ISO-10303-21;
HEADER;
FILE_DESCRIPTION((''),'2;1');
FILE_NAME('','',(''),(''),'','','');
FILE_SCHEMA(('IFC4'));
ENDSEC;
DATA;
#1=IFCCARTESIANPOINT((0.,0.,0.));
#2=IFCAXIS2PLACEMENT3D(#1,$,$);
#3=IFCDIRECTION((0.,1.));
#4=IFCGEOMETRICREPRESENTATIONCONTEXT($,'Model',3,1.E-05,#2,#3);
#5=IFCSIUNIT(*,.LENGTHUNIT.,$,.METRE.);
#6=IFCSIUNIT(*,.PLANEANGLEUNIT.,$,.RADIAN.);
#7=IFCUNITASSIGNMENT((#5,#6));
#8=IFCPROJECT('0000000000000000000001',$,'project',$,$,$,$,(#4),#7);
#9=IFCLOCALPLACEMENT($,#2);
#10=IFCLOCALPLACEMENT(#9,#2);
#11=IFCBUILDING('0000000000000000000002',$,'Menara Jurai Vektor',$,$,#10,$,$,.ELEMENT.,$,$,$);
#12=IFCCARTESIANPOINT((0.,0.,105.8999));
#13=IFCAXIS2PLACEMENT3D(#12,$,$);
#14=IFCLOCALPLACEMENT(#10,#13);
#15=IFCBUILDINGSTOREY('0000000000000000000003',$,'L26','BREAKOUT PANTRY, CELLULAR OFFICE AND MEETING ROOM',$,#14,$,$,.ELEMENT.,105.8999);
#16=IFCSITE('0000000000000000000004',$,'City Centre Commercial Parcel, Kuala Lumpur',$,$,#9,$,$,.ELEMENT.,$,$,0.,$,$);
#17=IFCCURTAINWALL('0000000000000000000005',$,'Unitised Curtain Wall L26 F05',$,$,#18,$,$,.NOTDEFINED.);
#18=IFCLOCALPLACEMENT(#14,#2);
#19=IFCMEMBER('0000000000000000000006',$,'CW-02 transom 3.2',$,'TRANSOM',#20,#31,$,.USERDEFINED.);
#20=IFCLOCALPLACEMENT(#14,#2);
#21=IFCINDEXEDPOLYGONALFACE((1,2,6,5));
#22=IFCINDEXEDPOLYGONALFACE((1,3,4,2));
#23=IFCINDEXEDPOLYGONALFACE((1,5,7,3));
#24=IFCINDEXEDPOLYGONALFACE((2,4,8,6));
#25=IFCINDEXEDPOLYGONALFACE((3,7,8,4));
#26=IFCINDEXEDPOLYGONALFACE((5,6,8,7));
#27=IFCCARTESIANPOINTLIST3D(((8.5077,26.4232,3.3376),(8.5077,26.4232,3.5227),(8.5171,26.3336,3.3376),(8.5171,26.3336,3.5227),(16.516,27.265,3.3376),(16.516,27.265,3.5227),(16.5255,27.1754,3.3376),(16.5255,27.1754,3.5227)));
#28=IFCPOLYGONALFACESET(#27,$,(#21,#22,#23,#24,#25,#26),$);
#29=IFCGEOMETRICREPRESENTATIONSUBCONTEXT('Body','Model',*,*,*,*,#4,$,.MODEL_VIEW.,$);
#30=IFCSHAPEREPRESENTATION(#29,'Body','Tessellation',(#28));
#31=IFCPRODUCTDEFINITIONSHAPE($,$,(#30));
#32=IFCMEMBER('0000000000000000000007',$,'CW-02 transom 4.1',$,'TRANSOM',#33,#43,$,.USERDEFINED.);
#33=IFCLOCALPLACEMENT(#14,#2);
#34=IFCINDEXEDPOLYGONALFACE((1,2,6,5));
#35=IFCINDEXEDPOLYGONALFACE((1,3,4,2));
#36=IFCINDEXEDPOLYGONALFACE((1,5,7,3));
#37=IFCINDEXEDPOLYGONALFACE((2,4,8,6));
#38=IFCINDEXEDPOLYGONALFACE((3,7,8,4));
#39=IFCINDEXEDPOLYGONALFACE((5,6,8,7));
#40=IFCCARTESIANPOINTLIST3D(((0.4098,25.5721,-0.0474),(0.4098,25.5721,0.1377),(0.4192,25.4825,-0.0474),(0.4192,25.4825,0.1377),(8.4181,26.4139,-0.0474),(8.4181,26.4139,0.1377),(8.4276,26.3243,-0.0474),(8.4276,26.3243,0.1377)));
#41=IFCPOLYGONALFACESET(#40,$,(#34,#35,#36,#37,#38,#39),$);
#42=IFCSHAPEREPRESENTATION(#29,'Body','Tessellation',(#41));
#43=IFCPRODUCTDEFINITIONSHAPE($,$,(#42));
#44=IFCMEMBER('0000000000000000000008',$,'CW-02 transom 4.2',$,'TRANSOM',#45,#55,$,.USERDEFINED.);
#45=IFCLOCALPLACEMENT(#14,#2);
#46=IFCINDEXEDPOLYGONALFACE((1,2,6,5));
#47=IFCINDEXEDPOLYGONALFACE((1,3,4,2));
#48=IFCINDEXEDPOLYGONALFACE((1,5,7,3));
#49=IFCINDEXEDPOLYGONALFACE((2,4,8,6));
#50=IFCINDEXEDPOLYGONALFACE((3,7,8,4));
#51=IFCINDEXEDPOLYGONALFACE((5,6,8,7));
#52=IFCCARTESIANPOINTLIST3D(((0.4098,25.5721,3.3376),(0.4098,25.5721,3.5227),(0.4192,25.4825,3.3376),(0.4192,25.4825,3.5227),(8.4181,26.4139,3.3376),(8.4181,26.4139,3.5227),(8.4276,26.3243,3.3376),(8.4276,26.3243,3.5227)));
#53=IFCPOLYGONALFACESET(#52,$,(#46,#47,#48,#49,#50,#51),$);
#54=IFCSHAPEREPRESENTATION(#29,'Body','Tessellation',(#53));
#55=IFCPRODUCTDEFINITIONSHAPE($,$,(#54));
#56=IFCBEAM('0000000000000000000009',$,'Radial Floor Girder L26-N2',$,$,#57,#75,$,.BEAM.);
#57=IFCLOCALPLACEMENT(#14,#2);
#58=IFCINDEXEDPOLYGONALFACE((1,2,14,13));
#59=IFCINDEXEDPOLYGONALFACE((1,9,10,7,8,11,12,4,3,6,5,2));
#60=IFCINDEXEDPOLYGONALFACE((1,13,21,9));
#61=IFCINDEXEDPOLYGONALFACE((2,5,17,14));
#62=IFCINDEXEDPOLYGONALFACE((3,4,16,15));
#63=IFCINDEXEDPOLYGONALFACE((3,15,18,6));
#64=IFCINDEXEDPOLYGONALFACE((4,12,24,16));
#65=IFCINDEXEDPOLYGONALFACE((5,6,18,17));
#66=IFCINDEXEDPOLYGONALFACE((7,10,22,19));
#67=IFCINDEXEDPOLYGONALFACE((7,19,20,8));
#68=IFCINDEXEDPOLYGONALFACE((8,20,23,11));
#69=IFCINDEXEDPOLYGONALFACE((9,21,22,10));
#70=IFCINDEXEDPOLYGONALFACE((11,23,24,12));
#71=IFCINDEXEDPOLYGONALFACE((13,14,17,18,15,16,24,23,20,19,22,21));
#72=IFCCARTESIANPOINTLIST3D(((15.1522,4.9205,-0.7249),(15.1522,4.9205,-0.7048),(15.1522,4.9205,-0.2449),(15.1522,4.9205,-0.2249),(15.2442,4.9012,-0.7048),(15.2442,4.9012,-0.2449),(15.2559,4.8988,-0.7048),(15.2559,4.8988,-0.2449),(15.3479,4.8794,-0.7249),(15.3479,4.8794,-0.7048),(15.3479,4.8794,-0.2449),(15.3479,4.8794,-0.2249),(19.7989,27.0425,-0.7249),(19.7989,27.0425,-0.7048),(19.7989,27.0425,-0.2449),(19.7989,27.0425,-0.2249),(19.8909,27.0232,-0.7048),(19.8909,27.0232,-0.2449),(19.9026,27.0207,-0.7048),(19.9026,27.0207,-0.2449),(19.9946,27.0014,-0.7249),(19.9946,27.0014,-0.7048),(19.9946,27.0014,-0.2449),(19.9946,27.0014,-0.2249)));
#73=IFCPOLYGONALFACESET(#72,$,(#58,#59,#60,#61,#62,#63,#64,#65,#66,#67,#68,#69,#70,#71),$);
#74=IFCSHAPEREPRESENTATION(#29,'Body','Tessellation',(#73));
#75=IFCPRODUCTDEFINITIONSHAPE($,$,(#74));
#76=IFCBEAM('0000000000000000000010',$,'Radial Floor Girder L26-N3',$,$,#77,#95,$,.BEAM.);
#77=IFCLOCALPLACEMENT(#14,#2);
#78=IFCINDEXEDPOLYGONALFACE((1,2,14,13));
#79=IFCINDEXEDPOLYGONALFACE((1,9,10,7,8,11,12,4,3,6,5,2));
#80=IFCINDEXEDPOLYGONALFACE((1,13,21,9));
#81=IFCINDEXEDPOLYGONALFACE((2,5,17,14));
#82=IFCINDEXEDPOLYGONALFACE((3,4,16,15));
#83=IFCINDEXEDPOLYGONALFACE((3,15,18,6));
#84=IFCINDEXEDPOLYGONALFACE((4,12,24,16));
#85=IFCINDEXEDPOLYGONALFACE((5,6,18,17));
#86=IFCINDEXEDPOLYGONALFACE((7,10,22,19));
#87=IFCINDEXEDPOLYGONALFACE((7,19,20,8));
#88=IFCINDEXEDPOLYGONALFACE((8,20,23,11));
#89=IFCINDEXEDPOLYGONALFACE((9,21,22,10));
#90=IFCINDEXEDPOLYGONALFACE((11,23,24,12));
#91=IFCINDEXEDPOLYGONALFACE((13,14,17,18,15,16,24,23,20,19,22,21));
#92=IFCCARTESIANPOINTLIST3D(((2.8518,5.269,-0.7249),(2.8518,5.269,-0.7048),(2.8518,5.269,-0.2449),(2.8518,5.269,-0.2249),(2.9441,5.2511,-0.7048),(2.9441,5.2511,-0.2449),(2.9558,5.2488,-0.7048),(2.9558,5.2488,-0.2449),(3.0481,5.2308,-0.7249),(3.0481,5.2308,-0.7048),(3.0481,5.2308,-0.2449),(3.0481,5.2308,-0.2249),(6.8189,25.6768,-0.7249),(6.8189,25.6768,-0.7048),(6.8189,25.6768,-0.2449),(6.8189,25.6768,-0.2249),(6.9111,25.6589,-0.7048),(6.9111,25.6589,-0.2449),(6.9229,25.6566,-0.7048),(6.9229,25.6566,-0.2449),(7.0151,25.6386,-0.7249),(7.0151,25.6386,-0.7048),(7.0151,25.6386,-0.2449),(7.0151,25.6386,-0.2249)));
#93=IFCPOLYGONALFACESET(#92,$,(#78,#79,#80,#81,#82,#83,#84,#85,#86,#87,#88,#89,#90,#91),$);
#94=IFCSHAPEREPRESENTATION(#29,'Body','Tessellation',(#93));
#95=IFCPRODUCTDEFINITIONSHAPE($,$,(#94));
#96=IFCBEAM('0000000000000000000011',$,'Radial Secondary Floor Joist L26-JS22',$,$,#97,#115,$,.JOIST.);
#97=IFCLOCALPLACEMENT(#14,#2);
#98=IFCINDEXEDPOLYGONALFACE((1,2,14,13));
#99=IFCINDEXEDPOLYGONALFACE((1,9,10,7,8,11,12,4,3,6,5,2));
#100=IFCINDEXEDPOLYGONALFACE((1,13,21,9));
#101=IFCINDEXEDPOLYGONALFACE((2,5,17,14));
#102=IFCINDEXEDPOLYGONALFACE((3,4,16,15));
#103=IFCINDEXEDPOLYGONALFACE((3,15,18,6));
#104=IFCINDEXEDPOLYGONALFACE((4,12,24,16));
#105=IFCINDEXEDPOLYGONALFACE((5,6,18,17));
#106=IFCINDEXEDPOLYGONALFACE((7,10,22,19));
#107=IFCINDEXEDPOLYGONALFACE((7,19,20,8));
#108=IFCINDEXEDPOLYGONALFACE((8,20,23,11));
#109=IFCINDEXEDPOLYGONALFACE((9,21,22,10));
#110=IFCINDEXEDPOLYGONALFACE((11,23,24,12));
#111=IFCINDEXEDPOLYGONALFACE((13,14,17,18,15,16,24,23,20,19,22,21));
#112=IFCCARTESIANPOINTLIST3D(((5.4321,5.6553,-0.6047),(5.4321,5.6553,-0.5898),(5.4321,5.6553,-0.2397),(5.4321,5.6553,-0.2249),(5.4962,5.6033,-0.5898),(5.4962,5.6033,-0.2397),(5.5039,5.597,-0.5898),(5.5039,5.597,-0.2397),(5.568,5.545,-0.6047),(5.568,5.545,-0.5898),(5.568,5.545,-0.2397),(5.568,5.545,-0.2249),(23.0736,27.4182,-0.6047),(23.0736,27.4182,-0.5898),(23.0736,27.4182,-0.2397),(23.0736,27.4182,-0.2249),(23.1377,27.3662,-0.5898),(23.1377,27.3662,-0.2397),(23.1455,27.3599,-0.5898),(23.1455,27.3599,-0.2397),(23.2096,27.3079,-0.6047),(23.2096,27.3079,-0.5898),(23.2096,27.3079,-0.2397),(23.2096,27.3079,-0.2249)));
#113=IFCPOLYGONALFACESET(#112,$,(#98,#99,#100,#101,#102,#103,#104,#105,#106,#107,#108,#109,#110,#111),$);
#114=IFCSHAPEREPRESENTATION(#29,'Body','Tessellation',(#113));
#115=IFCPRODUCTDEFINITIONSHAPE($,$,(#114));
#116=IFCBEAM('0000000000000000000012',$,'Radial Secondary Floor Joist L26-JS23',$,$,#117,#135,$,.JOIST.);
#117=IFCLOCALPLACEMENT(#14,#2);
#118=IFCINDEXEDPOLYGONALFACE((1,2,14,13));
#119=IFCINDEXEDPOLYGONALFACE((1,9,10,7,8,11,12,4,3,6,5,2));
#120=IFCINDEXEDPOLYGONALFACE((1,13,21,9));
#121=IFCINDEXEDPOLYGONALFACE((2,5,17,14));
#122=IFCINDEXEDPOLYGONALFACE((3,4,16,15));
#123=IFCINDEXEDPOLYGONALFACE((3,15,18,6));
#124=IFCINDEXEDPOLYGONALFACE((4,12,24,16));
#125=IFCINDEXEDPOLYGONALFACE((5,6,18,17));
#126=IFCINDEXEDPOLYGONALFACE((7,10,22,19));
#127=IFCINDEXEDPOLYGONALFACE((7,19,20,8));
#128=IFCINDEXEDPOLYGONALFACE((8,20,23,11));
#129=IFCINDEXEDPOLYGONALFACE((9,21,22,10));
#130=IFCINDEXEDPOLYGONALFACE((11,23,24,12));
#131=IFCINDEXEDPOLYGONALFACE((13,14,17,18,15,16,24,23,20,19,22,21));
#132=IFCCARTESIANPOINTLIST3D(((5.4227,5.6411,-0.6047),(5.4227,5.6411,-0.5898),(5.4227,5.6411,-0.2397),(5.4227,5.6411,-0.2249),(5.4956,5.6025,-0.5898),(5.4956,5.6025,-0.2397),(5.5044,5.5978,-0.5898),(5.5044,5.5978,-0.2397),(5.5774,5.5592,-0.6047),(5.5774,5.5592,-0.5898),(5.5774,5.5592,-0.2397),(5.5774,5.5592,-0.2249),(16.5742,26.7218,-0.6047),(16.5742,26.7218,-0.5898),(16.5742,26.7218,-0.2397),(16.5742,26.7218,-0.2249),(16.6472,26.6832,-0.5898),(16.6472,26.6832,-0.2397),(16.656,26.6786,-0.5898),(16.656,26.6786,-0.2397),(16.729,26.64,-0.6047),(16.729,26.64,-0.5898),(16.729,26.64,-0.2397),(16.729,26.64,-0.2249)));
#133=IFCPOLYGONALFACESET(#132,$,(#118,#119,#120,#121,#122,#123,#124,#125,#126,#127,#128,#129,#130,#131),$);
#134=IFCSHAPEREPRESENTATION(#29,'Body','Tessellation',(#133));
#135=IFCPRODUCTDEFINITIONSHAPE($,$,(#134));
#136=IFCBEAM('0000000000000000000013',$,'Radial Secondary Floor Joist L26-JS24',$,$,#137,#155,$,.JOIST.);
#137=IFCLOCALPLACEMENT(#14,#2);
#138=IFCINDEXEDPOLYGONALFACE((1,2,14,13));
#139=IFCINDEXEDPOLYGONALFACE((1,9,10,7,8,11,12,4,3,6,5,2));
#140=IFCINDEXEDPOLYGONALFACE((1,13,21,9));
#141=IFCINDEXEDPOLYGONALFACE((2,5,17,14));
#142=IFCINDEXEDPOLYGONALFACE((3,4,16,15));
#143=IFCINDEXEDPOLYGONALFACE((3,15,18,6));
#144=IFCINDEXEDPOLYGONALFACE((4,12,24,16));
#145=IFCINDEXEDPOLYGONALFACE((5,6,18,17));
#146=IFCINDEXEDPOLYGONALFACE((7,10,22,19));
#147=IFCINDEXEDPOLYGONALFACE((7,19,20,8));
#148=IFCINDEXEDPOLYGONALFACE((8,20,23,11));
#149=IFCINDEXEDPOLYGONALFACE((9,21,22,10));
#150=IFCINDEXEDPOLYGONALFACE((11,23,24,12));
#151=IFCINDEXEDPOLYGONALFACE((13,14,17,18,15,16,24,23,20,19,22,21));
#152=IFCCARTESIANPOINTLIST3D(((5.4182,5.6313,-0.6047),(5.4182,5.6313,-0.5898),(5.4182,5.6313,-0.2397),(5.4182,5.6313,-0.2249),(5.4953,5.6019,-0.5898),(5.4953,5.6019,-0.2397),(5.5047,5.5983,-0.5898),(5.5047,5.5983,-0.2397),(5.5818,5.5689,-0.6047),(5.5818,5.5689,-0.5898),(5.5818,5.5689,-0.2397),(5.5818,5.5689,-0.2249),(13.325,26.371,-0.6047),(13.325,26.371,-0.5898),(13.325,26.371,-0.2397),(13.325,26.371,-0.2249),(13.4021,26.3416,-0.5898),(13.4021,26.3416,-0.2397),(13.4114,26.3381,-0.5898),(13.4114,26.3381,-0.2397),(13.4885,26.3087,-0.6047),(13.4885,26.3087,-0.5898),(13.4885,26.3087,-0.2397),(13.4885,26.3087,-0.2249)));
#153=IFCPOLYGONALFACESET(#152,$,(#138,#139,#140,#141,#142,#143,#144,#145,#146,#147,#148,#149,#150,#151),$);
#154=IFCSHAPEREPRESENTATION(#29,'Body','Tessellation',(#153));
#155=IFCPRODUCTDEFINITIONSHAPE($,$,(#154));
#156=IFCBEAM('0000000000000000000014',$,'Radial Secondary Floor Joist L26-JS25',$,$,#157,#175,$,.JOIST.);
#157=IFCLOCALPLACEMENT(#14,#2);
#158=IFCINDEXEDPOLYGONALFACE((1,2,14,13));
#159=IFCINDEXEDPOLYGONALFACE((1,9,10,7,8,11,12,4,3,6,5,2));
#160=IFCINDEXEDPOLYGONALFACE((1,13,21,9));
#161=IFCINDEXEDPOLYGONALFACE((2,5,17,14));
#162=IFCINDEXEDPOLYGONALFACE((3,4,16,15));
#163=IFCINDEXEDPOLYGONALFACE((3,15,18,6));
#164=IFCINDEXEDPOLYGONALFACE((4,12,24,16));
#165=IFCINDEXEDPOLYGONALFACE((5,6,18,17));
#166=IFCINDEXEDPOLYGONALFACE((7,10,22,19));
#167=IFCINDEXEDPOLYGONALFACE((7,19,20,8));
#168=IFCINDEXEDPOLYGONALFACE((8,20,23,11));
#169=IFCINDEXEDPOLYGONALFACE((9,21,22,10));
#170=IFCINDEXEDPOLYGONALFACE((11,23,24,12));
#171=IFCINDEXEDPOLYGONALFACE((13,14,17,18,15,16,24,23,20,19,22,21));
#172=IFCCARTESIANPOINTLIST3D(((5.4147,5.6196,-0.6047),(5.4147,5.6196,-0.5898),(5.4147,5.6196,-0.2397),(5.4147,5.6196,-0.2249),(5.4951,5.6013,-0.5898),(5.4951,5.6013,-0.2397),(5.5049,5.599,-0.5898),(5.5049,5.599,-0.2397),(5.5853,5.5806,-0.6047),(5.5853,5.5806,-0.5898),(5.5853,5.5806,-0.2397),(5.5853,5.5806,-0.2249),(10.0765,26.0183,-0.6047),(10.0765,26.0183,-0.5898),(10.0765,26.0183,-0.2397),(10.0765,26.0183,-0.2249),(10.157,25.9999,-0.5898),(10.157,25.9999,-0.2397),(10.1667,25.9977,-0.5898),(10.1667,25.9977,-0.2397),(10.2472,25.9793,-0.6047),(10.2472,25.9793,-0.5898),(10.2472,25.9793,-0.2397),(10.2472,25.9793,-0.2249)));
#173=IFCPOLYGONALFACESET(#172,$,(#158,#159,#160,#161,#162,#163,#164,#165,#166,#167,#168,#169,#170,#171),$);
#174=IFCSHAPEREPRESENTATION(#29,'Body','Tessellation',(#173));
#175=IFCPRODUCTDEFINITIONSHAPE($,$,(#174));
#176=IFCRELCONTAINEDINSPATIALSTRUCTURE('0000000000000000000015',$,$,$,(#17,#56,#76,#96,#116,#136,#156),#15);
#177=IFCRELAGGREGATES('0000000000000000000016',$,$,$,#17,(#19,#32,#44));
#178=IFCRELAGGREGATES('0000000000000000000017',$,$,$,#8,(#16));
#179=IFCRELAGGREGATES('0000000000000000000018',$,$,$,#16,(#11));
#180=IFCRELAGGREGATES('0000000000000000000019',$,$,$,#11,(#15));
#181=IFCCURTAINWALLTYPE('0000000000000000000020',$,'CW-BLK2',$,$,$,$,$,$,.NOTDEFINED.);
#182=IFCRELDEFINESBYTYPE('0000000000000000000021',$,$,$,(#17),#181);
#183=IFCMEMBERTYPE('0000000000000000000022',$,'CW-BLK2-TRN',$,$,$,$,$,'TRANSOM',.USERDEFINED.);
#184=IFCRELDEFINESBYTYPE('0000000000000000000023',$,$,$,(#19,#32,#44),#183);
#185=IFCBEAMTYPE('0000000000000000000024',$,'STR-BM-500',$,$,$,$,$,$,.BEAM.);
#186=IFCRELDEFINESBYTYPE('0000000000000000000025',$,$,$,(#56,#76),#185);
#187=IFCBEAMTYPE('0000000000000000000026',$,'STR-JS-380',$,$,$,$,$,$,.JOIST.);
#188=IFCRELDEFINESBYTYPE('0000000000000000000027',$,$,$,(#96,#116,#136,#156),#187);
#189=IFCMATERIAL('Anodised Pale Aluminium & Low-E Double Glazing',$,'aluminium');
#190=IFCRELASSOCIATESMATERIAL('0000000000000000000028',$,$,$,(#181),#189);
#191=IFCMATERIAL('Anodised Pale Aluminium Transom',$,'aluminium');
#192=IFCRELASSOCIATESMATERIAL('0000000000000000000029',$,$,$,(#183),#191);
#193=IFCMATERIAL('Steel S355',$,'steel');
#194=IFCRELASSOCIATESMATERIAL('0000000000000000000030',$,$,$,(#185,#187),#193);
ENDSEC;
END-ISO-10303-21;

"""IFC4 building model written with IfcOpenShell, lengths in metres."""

from ifc_helpers import new_model, si_unit, direction, frame, origin, origin_2d, place, context, subcontext, project, spatial, rectangle, i_section, extrude, material, material_profile, profile_set, type_object, element, aggregate, save


model = new_model("IFC4")

# Units and contexts
model_context = context("Model", 3, precision=1e-05, world=origin(), true_north=direction((0.0, 1.0)))
body_context = subcontext(model_context, "Body", "Model", "MODEL_VIEW")
ifc_project = project(units=[si_unit("LENGTHUNIT", "METRE"), si_unit("PLANEANGLEUNIT", "RADIAN")], contexts=[model_context])

# Site, building, storey
site_placement = place(None, origin())
site = spatial("IfcSite", under=ifc_project, at=site_placement, Name="City Centre Commercial Parcel, Kuala Lumpur", CompositionType="ELEMENT", RefElevation=0.0)
building_placement = place(site_placement, origin())
building = spatial("IfcBuilding", under=site, at=building_placement, Name="Menara Jurai Vektor", CompositionType="ELEMENT")
storey_placement = place(building_placement, frame((0.0, 0.0, 105.8999)))
storey = spatial("IfcBuildingStorey", under=building, at=storey_placement, Name="L26", Description="BREAKOUT PANTRY, CELLULAR OFFICE AND MEETING ROOM", CompositionType="ELEMENT", Elevation=105.8999)

# Curtain wall, members
ifc_material_1 = material(Name="Anodised Pale Aluminium & Low-E Double Glazing", Category="aluminium")
curtain_wall_type = type_object("IfcCurtainWallType", Name="CW-BLK2", PredefinedType="NOTDEFINED", material=ifc_material_1)
curtain_wall_placement = place(storey_placement, origin())
curtain_wall = element("IfcCurtainWall", 1, at=curtain_wall_placement, inside=storey, type_object=curtain_wall_type, Name="Unitised Curtain Wall L26 F05", PredefinedType="NOTDEFINED")
ifc_material_2 = material(Name="Anodised Pale Aluminium Transom", Category="aluminium")
ifc_material_profile_1 = material_profile(ifc_material_2, rectangle(XDim=0.0901, YDim=0.1851, at=origin_2d()), Name="ALU TRN 90x185")
ifc_profile_set_1 = profile_set([ifc_material_profile_1], Name="Anodised Pale Aluminium Transom")
member_type_1 = type_object("IfcMemberType", Name="CW-BLK2-TRN", ElementType="TRANSOM", PredefinedType="USERDEFINED", material=ifc_profile_set_1)
member_1_placement = place(storey_placement, frame((16.5208, 27.2202, 3.4302), z_axis=(-0.994521, -0.10454, 0.0), x_axis=(0.10454, -0.994521, 0.0)))
member_1 = element("IfcMember", 2, at=member_1_placement, type_object=member_type_1, Name="CW-02 transom 3.2", ObjectType="TRANSOM", PredefinedType="USERDEFINED", context=body_context, shape_type="SweptSolid", body=[
    extrude(rectangle(XDim=0.0901, YDim=0.1851, at=origin_2d()), origin(), (0.0, 0.0, 1.0), 8.0525),
])
member_2_placement = place(storey_placement, frame((8.4229, 26.3691, 0.0452), z_axis=(-0.994521, -0.10454, 0.0), x_axis=(0.10454, -0.994521, 0.0)))
member_2 = element("IfcMember", 3, at=member_2_placement, type_object=member_type_1, Name="CW-02 transom 4.1", ObjectType="TRANSOM", PredefinedType="USERDEFINED", context=body_context, shape_type="SweptSolid", body=[
    extrude(rectangle(XDim=0.0901, YDim=0.1851, at=origin_2d()), origin(), (0.0, 0.0, 1.0), 8.0525),
])
member_3_placement = place(storey_placement, frame((8.4229, 26.3691, 3.4302), z_axis=(-0.994521, -0.10454, 0.0), x_axis=(0.10454, -0.994521, 0.0)))
member_3 = element("IfcMember", 4, at=member_3_placement, type_object=member_type_1, Name="CW-02 transom 4.2", ObjectType="TRANSOM", PredefinedType="USERDEFINED", context=body_context, shape_type="SweptSolid", body=[
    extrude(rectangle(XDim=0.0901, YDim=0.1851, at=origin_2d()), origin(), (0.0, 0.0, 1.0), 8.0525),
])

# Beams
ifc_material_3 = material(Name="Steel S355", Category="steel")
ifc_material_profile_2 = material_profile(ifc_material_3, i_section(OverallWidth=0.2, OverallDepth=0.5, WebThickness=0.012, FlangeThickness=0.02, at=origin_2d()), Name="PG 500x200x96")
ifc_profile_set_2 = profile_set([ifc_material_profile_2], Name="Steel S355")
beam_type_1 = type_object("IfcBeamType", Name="STR-BM-500", PredefinedType="BEAM", material=ifc_profile_set_2)
beam_1_placement = place(storey_placement, frame((19.8967, 27.022, -0.4749), z_axis=(-0.205564, -0.978644, 0.0), x_axis=(0.978644, -0.205564, 0.0)))
element("IfcBeam", 5, at=beam_1_placement, inside=storey, type_object=beam_type_1, Name="Radial Floor Girder L26-N2", PredefinedType="BEAM", context=body_context, shape_type="SweptSolid", body=[
    extrude(i_section(OverallWidth=0.2, OverallDepth=0.5, WebThickness=0.012, FlangeThickness=0.02, at=origin_2d()), origin(), (0.0, 0.0, 1.0), 22.6047),
])
beam_2_placement = place(storey_placement, frame((6.917, 25.6577, -0.4749), z_axis=(-0.190817, -0.981626, 0.0), x_axis=(0.981626, -0.190817, 0.0)))
element("IfcBeam", 6, at=beam_2_placement, inside=storey, type_object=beam_type_1, Name="Radial Floor Girder L26-N3", PredefinedType="BEAM", context=body_context, shape_type="SweptSolid", body=[
    extrude(i_section(OverallWidth=0.2, OverallDepth=0.5, WebThickness=0.012, FlangeThickness=0.02, at=origin_2d()), origin(), (0.0, 0.0, 1.0), 20.7898),
])
ifc_material_profile_3 = material_profile(ifc_material_3, i_section(OverallWidth=0.175, OverallDepth=0.3799, WebThickness=0.01, FlangeThickness=0.0149, at=origin_2d()), Name="PG 380x175x58")
ifc_profile_set_3 = profile_set([ifc_material_profile_3], Name="Steel S355")
beam_type_2 = type_object("IfcBeamType", Name="STR-JS-380", PredefinedType="JOIST", material=ifc_profile_set_3)
beam_3_placement = place(storey_placement, frame((23.1416, 27.363, -0.4148), z_axis=(-0.629715, -0.776826, 0.0), x_axis=(0.776826, -0.629715, 0.0)))
element("IfcBeam", 7, at=beam_3_placement, inside=storey, type_object=beam_type_2, Name="Radial Secondary Floor Joist L26-JS22", PredefinedType="JOIST", context=body_context, shape_type="SweptSolid", body=[
    extrude(i_section(OverallWidth=0.175, OverallDepth=0.3799, WebThickness=0.01, FlangeThickness=0.0149, at=origin_2d()), origin(), (0.0, 0.0, 1.0), 28.0151),
])
beam_4_placement = place(storey_placement, frame((16.6516, 26.6809, -0.4148), z_axis=(-0.467599, -0.883941, 0.0), x_axis=(0.883941, -0.467599, 0.0)))
element("IfcBeam", 8, at=beam_4_placement, inside=storey, type_object=beam_type_2, Name="Radial Secondary Floor Joist L26-JS23", PredefinedType="JOIST", context=body_context, shape_type="SweptSolid", body=[
    extrude(i_section(OverallWidth=0.175, OverallDepth=0.3799, WebThickness=0.01, FlangeThickness=0.0149, at=origin_2d()), origin(), (0.0, 0.0, 1.0), 23.8486),
])
beam_5_placement = place(storey_placement, frame((13.4067, 26.3398, -0.4148), z_axis=(-0.356227, -0.9344, 0.0), x_axis=(0.9344, -0.356227, 0.0)))
element("IfcBeam", 9, at=beam_5_placement, inside=storey, type_object=beam_type_2, Name="Radial Secondary Floor Joist L26-JS24", PredefinedType="JOIST", context=body_context, shape_type="SweptSolid", body=[
    extrude(i_section(OverallWidth=0.175, OverallDepth=0.3799, WebThickness=0.01, FlangeThickness=0.0149, at=origin_2d()), origin(), (0.0, 0.0, 1.0), 22.1958),
])
beam_6_placement = place(storey_placement, frame((10.1619, 25.9988, -0.4148), z_axis=(-0.222793, -0.974866, 0.0), x_axis=(0.974866, -0.222793, 0.0)))
element("IfcBeam", 10, at=beam_6_placement, inside=storey, type_object=beam_type_2, Name="Radial Secondary Floor Joist L26-JS25", PredefinedType="JOIST", context=body_context, shape_type="SweptSolid", body=[
    extrude(i_section(OverallWidth=0.175, OverallDepth=0.3799, WebThickness=0.01, FlangeThickness=0.0149, at=origin_2d()), origin(), (0.0, 0.0, 1.0), 20.9246),
])

aggregate(curtain_wall, [member_1, member_2, member_3])

save(model, "model.ifc")
